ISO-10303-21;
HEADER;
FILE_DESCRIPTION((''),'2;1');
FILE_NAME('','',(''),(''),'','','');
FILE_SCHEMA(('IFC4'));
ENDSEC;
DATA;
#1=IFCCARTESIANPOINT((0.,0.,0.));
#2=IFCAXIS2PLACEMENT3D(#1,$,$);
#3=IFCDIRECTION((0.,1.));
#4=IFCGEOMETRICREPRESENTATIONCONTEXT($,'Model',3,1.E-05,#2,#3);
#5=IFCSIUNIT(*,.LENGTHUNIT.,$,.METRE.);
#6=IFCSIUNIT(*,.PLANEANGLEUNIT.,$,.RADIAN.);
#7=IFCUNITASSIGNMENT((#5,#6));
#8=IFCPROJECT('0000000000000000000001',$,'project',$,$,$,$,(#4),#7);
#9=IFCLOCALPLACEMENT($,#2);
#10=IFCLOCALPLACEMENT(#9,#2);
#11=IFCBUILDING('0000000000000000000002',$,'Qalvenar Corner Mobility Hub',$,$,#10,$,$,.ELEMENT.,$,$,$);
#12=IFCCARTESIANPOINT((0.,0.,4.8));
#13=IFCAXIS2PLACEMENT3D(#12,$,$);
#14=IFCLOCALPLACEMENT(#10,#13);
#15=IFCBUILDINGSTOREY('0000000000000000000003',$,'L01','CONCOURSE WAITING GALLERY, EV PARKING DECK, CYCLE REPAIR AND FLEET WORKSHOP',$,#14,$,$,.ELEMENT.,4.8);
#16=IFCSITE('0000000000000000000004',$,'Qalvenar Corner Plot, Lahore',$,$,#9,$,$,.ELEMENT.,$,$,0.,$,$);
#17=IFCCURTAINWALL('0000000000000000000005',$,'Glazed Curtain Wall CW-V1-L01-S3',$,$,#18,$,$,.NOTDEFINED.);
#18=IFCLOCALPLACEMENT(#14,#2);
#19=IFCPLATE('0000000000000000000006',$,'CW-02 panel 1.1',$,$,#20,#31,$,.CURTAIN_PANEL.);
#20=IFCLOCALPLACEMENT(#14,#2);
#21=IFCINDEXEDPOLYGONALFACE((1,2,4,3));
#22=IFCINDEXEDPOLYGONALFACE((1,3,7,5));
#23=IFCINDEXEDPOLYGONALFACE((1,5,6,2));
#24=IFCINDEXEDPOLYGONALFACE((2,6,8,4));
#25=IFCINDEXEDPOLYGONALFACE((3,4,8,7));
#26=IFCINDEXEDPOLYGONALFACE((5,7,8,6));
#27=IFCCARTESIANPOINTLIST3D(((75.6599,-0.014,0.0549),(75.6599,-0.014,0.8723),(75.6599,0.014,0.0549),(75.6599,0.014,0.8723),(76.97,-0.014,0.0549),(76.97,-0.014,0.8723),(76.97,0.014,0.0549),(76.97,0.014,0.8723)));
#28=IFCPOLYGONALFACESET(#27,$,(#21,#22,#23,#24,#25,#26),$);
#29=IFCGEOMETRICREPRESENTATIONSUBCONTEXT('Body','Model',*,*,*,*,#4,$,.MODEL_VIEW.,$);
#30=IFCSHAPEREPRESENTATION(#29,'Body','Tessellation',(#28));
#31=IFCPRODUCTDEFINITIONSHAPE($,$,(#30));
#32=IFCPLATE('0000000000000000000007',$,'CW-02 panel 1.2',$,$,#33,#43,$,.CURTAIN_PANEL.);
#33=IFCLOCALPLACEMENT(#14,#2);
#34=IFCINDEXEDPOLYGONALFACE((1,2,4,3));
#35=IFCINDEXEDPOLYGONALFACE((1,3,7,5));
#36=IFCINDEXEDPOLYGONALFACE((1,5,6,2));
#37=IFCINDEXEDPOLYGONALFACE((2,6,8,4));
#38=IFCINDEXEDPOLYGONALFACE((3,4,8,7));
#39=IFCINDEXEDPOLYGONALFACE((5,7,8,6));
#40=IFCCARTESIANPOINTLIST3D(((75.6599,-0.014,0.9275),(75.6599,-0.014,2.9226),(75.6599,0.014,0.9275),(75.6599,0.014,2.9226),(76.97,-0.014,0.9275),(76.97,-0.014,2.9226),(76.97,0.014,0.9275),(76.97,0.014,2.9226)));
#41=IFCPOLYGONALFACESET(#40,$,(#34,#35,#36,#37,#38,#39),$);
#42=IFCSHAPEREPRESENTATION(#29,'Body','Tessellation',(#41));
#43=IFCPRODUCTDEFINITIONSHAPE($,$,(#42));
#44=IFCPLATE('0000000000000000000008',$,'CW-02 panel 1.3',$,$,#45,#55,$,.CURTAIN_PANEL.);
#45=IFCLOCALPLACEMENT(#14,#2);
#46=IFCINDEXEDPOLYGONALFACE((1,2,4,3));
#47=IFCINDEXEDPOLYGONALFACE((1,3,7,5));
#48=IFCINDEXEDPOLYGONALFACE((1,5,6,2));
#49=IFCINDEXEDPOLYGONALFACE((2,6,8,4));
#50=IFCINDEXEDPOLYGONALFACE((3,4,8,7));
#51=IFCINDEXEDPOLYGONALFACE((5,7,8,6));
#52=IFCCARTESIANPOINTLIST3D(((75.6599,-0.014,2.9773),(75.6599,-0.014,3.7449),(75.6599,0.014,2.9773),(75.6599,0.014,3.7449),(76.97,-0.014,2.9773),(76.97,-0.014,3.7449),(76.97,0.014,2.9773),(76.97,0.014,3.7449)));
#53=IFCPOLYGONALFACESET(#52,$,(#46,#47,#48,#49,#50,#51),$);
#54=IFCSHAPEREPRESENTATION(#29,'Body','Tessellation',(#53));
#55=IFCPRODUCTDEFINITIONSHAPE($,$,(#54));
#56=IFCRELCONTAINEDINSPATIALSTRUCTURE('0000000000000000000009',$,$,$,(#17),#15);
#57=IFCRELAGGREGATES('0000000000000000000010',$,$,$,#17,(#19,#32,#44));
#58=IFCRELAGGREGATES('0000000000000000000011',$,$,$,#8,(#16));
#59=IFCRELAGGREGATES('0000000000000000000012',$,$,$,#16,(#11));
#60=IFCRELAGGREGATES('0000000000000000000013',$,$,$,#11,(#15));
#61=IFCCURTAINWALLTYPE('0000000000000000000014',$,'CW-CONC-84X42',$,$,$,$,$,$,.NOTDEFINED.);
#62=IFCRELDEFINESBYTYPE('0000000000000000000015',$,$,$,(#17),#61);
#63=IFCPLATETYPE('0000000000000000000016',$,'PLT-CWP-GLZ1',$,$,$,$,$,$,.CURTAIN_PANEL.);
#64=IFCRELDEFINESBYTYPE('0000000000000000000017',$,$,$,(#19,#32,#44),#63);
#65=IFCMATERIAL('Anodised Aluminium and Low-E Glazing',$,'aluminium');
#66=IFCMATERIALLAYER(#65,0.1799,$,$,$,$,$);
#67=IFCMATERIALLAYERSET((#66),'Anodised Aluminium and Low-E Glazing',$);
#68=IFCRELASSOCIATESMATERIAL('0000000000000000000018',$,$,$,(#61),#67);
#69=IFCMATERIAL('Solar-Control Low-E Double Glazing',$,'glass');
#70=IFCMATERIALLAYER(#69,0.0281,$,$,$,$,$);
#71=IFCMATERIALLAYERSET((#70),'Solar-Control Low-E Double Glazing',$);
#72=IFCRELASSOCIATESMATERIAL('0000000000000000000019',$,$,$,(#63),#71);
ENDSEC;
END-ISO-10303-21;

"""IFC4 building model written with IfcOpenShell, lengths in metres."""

from ifc_helpers import new_model, si_unit, direction, frame, origin, origin_2d, place, context, subcontext, project, spatial, rectangle, extrude, material, layer, layer_set, type_object, element, aggregate, save


model = new_model("IFC4")

# Units and contexts
model_context = context("Model", 3, precision=1e-05, world=origin(), true_north=direction((0.0, 1.0)))
body_context = subcontext(model_context, "Body", "Model", "MODEL_VIEW")
ifc_project = project(units=[si_unit("LENGTHUNIT", "METRE"), si_unit("PLANEANGLEUNIT", "RADIAN")], contexts=[model_context])

# Site, building, storey
site_placement = place(None, origin())
site = spatial("IfcSite", under=ifc_project, at=site_placement, Name="Qalvenar Corner Plot, Lahore", CompositionType="ELEMENT", RefElevation=0.0)
building_placement = place(site_placement, origin())
building = spatial("IfcBuilding", under=site, at=building_placement, Name="Qalvenar Corner Mobility Hub", CompositionType="ELEMENT")
storey_placement = place(building_placement, frame((0.0, 0.0, 4.8)))
storey = spatial("IfcBuildingStorey", under=building, at=storey_placement, Name="L01", Description="CONCOURSE WAITING GALLERY, EV PARKING DECK, CYCLE REPAIR AND FLEET WORKSHOP", CompositionType="ELEMENT", Elevation=4.8)

# Shared definitions
ifc_material_1 = material(Name="Anodised Aluminium and Low-E Glazing", Category="aluminium")
ifc_layer_1 = layer(ifc_material_1, 0.1799)
ifc_layer_set_1 = layer_set([ifc_layer_1], Name="Anodised Aluminium and Low-E Glazing")
curtain_wall_type = type_object("IfcCurtainWallType", Name="CW-CONC-84X42", PredefinedType="NOTDEFINED", material=ifc_layer_set_1)

# Curtain wall
curtain_wall_1_placement = place(storey_placement, origin())
curtain_wall_1 = element("IfcCurtainWall", 1, at=curtain_wall_1_placement, inside=storey, type_object=curtain_wall_type, Name="Glazed Curtain Wall CW-V1-L01-S3", PredefinedType="NOTDEFINED")

# Plates
ifc_material_2 = material(Name="Solar-Control Low-E Double Glazing", Category="glass")
ifc_layer_2 = layer(ifc_material_2, 0.0281)
ifc_layer_set_2 = layer_set([ifc_layer_2], Name="Solar-Control Low-E Double Glazing")
plate_type = type_object("IfcPlateType", Name="PLT-CWP-GLZ1", PredefinedType="CURTAIN_PANEL", material=ifc_layer_set_2)
plate_1_placement = place(storey_placement, frame((76.3149, 0.0, 0.0549), z_axis=(0.0, 0.0, 1.0), x_axis=(1.0, 0.0, 0.0)))
plate_1 = element("IfcPlate", 2, at=plate_1_placement, type_object=plate_type, Name="CW-02 panel 1.1", PredefinedType="CURTAIN_PANEL", context=body_context, shape_type="SweptSolid", body=[
    extrude(rectangle(XDim=1.3101, YDim=0.0281, at=origin_2d()), origin(), (0.0, 0.0, 1.0), 0.8174),
])
plate_2_placement = place(storey_placement, frame((76.3149, 0.0, 0.9275), z_axis=(0.0, 0.0, 1.0), x_axis=(1.0, 0.0, 0.0)))
plate_2 = element("IfcPlate", 3, at=plate_2_placement, type_object=plate_type, Name="CW-02 panel 1.2", PredefinedType="CURTAIN_PANEL", context=body_context, shape_type="SweptSolid", body=[
    extrude(rectangle(XDim=1.3101, YDim=0.0281, at=origin_2d()), origin(), (0.0, 0.0, 1.0), 1.9951),
])
plate_3_placement = place(storey_placement, frame((76.3149, 0.0, 2.9773), z_axis=(0.0, 0.0, 1.0), x_axis=(1.0, 0.0, 0.0)))
plate_3 = element("IfcPlate", 4, at=plate_3_placement, type_object=plate_type, Name="CW-02 panel 1.3", PredefinedType="CURTAIN_PANEL", context=body_context, shape_type="SweptSolid", body=[
    extrude(rectangle(XDim=1.3101, YDim=0.0281, at=origin_2d()), origin(), (0.0, 0.0, 1.0), 0.7676),
])
aggregate(curtain_wall_1, [plate_1, plate_2, plate_3])

save(model, "model.ifc")
